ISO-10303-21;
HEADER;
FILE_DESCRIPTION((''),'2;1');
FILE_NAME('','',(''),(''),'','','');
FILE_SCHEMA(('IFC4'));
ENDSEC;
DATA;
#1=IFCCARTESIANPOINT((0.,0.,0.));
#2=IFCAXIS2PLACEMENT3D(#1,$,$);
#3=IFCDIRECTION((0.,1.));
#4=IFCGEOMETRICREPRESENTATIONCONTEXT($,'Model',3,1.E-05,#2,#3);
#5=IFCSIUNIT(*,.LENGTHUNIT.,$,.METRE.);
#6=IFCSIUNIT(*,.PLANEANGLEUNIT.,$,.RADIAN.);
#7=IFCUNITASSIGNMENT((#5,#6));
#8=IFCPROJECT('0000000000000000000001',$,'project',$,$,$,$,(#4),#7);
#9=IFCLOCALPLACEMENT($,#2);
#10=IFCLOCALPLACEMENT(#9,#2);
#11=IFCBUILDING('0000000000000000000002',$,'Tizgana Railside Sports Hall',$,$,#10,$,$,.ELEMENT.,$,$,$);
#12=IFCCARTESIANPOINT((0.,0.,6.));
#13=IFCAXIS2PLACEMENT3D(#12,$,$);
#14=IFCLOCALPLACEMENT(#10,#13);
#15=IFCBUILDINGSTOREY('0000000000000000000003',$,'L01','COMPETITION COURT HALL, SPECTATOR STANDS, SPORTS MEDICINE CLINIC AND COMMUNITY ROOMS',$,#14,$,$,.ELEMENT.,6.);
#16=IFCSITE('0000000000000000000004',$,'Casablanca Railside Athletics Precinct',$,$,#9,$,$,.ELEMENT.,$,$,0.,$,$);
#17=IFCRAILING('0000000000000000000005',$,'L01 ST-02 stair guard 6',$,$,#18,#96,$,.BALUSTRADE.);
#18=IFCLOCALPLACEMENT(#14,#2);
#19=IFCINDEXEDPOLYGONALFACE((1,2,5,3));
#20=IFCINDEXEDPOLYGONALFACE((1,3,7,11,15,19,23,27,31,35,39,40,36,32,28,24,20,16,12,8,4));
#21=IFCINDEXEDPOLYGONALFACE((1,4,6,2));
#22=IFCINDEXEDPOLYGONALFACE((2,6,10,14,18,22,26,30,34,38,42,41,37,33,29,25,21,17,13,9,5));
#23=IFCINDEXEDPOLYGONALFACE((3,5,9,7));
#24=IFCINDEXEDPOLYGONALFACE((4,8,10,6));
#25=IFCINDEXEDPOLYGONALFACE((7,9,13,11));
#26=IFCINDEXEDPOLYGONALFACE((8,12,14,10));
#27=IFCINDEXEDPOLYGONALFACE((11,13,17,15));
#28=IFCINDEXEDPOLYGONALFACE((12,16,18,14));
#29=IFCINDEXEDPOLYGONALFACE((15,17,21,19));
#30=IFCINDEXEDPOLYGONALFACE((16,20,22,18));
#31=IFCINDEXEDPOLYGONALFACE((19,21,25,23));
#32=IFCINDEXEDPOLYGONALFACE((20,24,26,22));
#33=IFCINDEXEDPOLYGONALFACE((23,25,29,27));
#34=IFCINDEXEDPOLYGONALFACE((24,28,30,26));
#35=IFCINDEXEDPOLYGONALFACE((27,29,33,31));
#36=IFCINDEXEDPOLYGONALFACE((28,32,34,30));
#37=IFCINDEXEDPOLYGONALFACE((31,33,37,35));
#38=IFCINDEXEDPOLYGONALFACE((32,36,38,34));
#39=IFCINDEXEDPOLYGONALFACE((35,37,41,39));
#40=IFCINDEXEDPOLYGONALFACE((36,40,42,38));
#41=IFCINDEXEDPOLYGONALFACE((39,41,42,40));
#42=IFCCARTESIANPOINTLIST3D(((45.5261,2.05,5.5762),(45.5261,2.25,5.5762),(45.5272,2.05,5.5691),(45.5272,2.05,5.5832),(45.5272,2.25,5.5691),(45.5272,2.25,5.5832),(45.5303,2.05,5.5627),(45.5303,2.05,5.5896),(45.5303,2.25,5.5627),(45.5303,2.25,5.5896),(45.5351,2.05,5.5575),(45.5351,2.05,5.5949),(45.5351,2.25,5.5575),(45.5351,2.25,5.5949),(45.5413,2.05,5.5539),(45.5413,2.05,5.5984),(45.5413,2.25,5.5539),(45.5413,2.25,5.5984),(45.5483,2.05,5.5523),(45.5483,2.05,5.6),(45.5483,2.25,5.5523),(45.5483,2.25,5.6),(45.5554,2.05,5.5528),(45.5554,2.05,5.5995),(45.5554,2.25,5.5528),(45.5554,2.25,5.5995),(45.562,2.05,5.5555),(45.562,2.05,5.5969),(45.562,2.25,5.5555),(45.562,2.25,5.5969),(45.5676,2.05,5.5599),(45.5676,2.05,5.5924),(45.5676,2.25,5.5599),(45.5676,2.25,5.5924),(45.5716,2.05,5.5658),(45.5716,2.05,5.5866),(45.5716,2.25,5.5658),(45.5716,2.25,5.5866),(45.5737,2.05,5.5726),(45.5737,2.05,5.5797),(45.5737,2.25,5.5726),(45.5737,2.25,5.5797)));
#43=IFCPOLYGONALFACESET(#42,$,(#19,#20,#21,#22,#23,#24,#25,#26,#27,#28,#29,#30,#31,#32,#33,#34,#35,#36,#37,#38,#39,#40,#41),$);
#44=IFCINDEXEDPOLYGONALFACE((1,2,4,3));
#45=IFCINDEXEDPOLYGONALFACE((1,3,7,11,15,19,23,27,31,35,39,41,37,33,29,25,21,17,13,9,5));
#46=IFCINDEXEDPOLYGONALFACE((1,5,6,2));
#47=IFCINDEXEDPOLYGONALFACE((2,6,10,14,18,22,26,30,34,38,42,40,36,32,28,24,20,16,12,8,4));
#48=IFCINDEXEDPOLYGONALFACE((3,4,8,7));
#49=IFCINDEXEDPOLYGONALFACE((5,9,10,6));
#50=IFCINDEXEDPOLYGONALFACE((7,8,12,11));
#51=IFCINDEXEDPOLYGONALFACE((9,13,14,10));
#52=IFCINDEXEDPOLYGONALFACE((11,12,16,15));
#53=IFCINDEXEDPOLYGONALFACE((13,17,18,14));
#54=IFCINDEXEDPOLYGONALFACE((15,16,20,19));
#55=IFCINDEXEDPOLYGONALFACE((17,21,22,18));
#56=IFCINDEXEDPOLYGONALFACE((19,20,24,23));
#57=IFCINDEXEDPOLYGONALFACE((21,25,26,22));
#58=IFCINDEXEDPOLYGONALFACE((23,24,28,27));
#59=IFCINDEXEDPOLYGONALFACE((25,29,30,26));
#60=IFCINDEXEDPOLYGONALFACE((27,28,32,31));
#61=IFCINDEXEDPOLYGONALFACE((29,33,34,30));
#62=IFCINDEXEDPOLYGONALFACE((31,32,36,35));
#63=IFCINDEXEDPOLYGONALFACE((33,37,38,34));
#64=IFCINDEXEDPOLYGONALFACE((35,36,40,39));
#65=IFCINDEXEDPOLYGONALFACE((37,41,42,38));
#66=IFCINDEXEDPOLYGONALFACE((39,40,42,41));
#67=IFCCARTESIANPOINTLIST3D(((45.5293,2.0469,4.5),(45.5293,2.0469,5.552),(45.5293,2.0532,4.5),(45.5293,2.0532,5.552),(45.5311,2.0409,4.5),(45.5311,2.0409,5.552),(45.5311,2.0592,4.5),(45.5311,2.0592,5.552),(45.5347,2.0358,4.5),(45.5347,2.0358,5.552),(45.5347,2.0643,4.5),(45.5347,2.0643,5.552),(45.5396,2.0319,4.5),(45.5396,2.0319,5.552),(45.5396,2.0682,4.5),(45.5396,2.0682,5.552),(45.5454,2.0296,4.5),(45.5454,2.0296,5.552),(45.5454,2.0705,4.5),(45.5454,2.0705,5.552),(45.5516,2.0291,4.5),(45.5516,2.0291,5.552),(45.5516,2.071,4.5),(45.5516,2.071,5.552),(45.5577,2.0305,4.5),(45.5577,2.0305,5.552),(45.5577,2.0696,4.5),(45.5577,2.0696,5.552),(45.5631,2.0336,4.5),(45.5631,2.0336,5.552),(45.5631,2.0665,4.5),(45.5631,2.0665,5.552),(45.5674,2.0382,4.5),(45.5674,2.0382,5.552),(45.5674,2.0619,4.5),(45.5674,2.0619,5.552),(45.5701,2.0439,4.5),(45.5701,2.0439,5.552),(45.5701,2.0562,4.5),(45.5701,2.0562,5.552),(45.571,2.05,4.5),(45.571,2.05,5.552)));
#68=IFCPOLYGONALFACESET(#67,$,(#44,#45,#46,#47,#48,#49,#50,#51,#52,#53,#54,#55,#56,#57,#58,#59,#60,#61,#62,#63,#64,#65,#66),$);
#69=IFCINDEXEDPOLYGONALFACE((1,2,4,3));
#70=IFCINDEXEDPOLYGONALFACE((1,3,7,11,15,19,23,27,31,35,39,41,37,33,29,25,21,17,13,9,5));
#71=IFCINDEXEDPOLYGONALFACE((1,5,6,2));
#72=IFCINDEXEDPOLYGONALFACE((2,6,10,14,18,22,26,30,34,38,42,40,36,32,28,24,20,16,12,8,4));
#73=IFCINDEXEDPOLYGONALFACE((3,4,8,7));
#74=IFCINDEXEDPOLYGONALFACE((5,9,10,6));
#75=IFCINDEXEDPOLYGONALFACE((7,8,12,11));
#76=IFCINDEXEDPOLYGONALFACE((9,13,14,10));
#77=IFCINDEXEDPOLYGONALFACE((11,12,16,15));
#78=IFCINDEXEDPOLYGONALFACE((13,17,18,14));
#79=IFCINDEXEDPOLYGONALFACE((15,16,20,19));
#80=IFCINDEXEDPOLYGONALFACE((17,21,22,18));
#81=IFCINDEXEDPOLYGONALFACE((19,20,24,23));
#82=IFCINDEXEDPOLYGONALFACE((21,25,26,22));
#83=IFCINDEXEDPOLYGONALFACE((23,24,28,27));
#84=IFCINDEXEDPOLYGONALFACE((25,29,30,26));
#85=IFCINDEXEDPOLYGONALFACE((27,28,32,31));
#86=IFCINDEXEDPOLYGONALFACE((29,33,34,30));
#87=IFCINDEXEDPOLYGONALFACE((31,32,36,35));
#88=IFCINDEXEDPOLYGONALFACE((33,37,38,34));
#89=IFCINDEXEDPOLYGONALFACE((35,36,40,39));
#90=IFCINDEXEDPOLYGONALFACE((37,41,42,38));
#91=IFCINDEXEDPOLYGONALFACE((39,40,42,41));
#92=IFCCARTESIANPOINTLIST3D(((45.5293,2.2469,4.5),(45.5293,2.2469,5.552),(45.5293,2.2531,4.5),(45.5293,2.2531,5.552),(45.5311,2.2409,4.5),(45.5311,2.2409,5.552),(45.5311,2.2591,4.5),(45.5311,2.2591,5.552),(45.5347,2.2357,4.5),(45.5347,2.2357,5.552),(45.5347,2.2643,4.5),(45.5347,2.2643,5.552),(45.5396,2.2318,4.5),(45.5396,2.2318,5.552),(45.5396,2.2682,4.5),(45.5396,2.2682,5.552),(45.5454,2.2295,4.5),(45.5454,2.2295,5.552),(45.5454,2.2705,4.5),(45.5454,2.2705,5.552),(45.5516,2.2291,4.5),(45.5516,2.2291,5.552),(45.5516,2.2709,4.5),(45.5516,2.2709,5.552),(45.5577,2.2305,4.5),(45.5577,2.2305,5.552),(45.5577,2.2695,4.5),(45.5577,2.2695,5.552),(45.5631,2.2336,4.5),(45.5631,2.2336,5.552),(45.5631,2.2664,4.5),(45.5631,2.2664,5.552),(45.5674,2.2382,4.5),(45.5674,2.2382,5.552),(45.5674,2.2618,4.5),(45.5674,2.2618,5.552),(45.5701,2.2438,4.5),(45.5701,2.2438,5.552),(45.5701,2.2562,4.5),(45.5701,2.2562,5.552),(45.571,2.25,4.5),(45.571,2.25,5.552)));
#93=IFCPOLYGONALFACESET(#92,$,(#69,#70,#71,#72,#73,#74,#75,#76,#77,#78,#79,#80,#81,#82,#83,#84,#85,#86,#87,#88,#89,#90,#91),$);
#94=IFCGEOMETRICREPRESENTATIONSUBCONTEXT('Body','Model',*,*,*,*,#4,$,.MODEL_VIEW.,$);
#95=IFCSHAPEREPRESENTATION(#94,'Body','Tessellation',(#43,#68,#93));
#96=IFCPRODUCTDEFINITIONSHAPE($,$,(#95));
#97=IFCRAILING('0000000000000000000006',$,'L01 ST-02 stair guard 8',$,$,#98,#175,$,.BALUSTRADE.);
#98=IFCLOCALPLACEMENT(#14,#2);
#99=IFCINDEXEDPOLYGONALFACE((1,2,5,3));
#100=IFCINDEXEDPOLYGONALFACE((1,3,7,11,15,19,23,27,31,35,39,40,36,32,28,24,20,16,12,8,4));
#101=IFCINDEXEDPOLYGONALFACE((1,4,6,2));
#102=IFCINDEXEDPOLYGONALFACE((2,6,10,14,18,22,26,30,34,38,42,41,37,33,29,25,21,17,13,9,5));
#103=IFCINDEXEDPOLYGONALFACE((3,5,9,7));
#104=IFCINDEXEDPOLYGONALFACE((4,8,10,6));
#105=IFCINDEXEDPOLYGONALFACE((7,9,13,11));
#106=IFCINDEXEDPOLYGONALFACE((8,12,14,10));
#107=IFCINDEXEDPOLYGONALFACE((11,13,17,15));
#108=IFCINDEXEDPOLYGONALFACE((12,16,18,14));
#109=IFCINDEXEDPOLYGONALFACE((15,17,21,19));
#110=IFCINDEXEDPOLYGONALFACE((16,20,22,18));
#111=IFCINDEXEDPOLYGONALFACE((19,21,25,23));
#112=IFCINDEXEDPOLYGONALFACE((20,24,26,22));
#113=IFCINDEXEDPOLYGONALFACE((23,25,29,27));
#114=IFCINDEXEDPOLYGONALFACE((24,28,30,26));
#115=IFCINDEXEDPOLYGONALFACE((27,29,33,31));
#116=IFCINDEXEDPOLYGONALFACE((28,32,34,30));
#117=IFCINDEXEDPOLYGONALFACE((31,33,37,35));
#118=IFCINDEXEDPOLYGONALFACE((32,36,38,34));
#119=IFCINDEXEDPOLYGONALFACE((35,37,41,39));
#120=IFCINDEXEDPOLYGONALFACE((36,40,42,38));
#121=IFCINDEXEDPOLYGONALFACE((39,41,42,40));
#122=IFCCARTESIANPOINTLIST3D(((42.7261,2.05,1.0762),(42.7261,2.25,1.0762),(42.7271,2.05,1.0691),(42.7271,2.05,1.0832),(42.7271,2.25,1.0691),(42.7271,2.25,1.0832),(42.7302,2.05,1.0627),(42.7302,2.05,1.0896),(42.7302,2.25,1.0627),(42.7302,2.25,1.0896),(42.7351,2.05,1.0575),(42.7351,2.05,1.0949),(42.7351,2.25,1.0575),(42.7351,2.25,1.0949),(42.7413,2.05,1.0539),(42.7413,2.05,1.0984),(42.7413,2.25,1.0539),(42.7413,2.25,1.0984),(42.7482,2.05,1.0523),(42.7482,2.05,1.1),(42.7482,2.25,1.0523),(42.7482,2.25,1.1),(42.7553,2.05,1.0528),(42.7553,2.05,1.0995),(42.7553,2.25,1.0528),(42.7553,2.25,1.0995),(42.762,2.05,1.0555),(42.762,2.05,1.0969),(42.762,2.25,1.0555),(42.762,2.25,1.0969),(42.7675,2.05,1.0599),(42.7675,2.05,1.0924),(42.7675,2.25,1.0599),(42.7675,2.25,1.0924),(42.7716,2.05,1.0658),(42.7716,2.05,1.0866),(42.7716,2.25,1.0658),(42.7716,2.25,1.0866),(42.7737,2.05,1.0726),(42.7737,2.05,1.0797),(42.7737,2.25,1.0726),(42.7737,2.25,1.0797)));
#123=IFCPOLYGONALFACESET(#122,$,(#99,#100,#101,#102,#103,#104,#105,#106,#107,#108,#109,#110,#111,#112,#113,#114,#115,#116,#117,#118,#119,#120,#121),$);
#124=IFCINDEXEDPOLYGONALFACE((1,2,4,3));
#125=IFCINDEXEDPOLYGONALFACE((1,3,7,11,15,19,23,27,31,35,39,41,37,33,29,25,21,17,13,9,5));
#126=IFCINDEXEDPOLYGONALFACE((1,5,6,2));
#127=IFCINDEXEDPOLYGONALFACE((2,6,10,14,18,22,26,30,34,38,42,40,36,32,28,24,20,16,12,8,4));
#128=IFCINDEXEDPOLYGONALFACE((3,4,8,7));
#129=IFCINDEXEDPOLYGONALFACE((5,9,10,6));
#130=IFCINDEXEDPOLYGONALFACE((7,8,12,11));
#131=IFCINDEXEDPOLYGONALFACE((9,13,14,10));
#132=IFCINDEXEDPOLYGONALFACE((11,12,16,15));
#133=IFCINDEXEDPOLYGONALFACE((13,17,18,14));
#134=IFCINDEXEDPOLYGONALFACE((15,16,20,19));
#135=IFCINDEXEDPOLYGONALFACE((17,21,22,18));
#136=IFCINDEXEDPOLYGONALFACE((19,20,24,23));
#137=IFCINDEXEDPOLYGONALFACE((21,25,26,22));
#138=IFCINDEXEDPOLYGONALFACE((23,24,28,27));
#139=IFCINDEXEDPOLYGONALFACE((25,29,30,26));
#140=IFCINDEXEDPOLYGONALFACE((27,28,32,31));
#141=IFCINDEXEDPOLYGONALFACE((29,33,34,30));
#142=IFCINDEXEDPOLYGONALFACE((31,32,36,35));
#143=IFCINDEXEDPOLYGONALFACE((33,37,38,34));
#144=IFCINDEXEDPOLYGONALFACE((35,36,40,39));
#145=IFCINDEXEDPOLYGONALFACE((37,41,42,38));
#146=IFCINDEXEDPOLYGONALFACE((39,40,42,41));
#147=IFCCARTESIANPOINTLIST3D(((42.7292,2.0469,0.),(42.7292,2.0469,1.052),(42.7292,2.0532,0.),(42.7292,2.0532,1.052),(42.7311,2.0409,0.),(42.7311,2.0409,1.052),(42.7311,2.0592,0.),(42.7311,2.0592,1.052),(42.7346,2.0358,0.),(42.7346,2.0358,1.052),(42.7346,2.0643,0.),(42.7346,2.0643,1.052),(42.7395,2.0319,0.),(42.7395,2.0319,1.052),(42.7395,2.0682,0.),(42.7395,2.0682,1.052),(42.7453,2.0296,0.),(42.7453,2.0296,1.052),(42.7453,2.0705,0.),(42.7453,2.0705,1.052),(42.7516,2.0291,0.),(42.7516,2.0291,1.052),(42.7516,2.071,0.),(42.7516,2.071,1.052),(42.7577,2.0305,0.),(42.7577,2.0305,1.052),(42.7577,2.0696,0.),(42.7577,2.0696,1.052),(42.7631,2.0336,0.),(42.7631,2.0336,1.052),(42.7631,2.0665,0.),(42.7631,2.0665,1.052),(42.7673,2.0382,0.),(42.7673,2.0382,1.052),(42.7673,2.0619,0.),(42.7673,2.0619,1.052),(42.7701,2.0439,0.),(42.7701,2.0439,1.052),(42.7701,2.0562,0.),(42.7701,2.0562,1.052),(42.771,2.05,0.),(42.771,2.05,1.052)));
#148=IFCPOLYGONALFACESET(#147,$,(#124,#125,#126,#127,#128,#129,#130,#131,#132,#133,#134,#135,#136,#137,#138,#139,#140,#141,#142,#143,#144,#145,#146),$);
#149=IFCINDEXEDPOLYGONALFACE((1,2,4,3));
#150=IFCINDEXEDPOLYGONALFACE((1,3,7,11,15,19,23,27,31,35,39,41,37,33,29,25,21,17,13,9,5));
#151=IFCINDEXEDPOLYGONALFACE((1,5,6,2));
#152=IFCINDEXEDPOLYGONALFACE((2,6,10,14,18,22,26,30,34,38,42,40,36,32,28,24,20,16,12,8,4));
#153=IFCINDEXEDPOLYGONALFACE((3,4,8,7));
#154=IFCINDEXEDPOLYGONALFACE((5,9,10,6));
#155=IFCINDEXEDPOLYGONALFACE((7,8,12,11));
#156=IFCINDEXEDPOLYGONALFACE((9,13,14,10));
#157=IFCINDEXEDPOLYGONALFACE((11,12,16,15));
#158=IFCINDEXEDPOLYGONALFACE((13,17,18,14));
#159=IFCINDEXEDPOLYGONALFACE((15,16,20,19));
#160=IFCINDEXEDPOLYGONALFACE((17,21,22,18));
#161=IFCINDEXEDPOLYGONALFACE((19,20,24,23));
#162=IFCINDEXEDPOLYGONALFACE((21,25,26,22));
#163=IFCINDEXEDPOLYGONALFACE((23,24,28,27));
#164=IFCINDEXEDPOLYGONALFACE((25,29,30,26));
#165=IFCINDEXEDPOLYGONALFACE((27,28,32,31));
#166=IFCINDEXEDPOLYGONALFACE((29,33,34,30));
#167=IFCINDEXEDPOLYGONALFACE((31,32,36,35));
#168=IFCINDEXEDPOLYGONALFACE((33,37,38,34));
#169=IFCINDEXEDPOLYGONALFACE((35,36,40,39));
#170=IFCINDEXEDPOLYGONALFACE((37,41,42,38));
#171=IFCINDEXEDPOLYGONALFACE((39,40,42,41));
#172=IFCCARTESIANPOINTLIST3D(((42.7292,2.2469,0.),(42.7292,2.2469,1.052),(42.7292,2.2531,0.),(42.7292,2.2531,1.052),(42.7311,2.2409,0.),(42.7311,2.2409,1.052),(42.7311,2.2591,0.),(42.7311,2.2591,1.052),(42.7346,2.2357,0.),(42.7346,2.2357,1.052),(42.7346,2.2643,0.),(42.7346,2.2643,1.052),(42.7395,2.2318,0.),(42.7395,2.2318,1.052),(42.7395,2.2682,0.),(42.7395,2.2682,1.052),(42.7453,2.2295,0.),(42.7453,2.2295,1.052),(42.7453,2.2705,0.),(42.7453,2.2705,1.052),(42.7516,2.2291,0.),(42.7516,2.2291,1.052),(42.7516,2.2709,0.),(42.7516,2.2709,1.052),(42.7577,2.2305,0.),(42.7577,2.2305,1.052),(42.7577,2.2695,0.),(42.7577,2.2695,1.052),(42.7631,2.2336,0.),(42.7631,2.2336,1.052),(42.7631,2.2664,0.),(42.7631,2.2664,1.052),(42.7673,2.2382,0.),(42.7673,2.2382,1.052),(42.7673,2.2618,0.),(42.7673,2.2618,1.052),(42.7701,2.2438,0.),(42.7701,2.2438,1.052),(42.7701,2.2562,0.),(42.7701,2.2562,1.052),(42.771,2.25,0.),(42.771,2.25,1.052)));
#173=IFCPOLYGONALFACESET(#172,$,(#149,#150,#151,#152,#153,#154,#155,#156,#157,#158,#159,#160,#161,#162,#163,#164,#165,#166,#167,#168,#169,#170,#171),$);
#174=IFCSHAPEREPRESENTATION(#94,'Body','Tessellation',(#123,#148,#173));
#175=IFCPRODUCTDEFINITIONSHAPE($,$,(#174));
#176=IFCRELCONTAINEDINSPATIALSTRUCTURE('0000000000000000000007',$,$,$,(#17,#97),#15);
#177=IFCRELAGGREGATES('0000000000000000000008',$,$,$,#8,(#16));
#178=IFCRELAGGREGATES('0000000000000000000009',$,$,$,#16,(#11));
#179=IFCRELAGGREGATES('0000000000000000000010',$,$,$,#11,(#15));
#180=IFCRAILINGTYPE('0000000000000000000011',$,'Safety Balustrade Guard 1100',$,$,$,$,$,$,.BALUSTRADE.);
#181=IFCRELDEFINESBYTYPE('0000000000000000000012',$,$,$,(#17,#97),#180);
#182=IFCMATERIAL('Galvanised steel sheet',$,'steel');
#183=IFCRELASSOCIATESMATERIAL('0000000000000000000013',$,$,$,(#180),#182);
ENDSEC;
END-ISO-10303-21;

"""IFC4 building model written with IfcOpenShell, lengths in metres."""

from ifc_helpers import new_model, si_unit, direction, frame, origin, origin_2d, place, context, subcontext, project, spatial, circle, extrude, material, type_object, element, save


model = new_model("IFC4")

# Units and contexts
model_context = context("Model", 3, precision=1e-05, world=origin(), true_north=direction((0.0, 1.0)))
body_context = subcontext(model_context, "Body", "Model", "MODEL_VIEW")
ifc_project = project(units=[si_unit("LENGTHUNIT", "METRE"), si_unit("PLANEANGLEUNIT", "RADIAN")], contexts=[model_context])

# Site, building, storey
site_placement = place(None, origin())
site = spatial("IfcSite", under=ifc_project, at=site_placement, Name="Casablanca Railside Athletics Precinct", CompositionType="ELEMENT", RefElevation=0.0)
building_placement = place(site_placement, origin())
building = spatial("IfcBuilding", under=site, at=building_placement, Name="Tizgana Railside Sports Hall", CompositionType="ELEMENT")
storey_placement = place(building_placement, frame((0.0, 0.0, 6.0)))
storey = spatial("IfcBuildingStorey", under=building, at=storey_placement, Name="L01", Description="COMPETITION COURT HALL, SPECTATOR STANDS, SPORTS MEDICINE CLINIC AND COMMUNITY ROOMS", CompositionType="ELEMENT", Elevation=6.0)

# Railings
ifc_material_1 = material(Name="Galvanised steel sheet", Category="steel")
railing_type_1 = type_object("IfcRailingType", Name="Safety Balustrade Guard 1100", PredefinedType="BALUSTRADE", material=ifc_material_1)
for number, where, name in (
    (1, (45.55, 2.05, 4.5), "L01 ST-02 stair guard 6"),
    (2, (42.75, 2.05, 0.0), "L01 ST-02 stair guard 8"),
):
    element("IfcRailing", number, at=place(storey_placement, frame(where)), inside=storey, type_object=railing_type_1, Name=name, PredefinedType="BALUSTRADE", context=body_context, shape_type="SweptSolid", body=[
        extrude(circle(Radius=0.0239, at=origin_2d()), frame((0.0, 0.0, 1.0762), z_axis=(0.0, 1.0, 0.0), x_axis=(-1.0, 0.0, 0.0)), (0.0, 0.0, 1.0), 0.2),
        extrude(circle(Radius=0.021, at=origin_2d()), origin(), (0.0, 0.0, 1.0), 1.052),
        extrude(circle(Radius=0.021, at=origin_2d()), frame((0.0, 0.2, 0.0)), (0.0, 0.0, 1.0), 1.052),
    ])

save(model, "model.ifc")
